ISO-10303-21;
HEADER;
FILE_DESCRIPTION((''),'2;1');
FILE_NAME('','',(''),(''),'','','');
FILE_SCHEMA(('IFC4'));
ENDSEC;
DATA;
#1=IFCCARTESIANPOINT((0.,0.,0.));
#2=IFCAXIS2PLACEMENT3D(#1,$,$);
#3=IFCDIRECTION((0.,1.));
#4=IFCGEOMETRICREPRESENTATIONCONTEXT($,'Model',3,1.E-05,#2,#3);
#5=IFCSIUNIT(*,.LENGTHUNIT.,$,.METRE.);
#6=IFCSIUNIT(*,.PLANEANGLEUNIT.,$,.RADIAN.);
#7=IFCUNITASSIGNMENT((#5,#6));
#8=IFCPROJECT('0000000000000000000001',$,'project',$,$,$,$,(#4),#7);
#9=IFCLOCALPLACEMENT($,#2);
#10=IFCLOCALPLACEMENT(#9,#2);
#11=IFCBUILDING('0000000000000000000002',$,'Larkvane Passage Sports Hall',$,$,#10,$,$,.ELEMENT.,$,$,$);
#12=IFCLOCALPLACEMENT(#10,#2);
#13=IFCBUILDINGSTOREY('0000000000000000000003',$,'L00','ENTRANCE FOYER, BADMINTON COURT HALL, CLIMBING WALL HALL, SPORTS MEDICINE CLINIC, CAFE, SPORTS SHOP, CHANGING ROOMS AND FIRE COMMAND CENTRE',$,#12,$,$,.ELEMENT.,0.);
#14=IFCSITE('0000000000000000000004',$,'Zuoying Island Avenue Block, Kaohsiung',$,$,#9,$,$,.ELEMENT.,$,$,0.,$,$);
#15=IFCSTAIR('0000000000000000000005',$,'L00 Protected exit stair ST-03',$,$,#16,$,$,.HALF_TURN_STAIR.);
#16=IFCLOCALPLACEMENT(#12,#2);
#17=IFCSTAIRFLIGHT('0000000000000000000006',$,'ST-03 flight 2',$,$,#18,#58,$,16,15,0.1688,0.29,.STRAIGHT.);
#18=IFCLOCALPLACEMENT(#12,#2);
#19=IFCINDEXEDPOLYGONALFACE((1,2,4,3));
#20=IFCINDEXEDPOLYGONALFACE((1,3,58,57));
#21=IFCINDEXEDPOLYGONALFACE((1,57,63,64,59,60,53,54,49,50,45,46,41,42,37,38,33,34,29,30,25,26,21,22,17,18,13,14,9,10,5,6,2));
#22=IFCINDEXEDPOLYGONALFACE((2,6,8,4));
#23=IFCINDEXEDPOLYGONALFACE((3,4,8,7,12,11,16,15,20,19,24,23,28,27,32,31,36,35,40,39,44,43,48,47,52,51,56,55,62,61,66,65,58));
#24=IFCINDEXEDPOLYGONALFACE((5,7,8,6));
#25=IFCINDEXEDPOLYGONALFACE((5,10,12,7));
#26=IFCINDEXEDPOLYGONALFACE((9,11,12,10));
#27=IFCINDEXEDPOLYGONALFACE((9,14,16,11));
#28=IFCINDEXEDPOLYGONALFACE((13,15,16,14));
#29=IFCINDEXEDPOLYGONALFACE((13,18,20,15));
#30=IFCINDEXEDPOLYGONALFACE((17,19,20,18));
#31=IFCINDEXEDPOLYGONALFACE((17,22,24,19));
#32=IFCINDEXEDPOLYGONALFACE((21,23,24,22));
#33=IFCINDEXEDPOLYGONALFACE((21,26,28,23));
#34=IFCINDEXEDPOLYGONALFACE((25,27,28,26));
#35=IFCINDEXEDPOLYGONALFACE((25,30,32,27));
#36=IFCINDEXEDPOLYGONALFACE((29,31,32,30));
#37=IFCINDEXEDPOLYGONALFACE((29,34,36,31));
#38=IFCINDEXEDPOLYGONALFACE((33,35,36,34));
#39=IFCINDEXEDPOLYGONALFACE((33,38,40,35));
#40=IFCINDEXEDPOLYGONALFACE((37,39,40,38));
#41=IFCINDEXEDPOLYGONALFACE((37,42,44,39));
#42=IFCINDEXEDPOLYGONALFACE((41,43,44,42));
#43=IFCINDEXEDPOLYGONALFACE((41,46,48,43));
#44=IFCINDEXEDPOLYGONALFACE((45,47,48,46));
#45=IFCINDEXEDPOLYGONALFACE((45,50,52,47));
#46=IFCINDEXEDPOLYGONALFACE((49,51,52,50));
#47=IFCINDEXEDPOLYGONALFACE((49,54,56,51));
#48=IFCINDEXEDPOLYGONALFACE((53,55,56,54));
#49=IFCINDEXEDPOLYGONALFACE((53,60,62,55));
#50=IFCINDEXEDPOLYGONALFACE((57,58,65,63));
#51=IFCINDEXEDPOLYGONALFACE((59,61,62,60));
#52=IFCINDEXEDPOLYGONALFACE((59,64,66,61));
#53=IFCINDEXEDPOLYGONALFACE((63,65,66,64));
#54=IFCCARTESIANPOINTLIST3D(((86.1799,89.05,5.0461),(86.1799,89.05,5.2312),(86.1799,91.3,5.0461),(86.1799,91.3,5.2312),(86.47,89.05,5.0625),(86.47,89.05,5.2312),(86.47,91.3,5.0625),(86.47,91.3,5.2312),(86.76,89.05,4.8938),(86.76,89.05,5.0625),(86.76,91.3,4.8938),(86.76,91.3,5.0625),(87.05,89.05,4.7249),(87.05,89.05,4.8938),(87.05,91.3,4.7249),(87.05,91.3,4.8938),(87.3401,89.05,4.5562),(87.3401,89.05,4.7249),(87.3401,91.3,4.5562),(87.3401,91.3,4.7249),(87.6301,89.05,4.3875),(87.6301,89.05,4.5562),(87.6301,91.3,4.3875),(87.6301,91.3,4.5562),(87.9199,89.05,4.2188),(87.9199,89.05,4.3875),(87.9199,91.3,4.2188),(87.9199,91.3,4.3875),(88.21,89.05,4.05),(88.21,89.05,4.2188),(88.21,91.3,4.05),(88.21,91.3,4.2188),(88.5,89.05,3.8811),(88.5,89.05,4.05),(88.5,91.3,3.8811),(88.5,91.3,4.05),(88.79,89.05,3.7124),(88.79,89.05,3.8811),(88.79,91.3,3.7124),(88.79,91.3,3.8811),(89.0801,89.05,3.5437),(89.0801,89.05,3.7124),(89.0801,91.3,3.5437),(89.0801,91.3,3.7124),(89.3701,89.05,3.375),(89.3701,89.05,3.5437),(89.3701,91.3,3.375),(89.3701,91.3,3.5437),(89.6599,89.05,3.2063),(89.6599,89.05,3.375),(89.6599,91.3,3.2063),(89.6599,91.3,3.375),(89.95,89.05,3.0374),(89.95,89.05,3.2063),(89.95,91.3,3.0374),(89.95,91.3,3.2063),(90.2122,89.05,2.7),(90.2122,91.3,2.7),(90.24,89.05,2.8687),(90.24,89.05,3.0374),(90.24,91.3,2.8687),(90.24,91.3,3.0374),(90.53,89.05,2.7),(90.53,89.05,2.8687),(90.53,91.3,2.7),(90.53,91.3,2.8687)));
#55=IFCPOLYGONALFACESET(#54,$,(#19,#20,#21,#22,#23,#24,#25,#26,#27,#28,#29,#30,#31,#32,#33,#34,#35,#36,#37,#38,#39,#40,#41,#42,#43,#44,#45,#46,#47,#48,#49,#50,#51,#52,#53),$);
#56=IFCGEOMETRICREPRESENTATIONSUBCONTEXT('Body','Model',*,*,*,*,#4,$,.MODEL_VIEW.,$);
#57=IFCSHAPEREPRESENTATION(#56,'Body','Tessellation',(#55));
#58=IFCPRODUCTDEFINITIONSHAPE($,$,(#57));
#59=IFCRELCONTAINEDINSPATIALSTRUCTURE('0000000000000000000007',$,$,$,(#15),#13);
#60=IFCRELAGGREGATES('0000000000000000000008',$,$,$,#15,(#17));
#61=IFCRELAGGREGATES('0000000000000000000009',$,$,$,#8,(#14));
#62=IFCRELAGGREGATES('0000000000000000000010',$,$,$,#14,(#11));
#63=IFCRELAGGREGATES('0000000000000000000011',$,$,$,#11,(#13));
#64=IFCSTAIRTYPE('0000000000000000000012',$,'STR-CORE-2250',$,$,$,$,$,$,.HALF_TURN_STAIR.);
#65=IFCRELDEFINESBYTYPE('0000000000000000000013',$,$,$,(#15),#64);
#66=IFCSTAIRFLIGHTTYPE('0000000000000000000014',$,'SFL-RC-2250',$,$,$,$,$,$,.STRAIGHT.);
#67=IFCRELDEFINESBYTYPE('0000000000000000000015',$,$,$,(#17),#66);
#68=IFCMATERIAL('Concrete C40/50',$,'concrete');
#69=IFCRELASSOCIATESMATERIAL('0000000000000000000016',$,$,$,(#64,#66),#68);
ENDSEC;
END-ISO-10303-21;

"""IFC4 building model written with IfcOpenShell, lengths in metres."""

from ifc_helpers import new_model, si_unit, direction, frame, origin, place, context, subcontext, project, spatial, polyline, outline, extrude, material, type_object, element, aggregate, save


model = new_model("IFC4")

# Units and contexts
model_context = context("Model", 3, precision=1e-05, world=origin(), true_north=direction((0.0, 1.0)))
body_context = subcontext(model_context, "Body", "Model", "MODEL_VIEW")
ifc_project = project(units=[si_unit("LENGTHUNIT", "METRE"), si_unit("PLANEANGLEUNIT", "RADIAN")], contexts=[model_context])

# Site, building, storey
site_placement = place(None, origin())
site = spatial("IfcSite", under=ifc_project, at=site_placement, Name="Zuoying Island Avenue Block, Kaohsiung", CompositionType="ELEMENT", RefElevation=0.0)
building_placement = place(site_placement, origin())
building = spatial("IfcBuilding", under=site, at=building_placement, Name="Larkvane Passage Sports Hall", CompositionType="ELEMENT")
storey_placement = place(building_placement, origin())
storey = spatial("IfcBuildingStorey", under=building, at=storey_placement, Name="L00", Description="ENTRANCE FOYER, BADMINTON COURT HALL, CLIMBING WALL HALL, SPORTS MEDICINE CLINIC, CAFE, SPORTS SHOP, CHANGING ROOMS AND FIRE COMMAND CENTRE", CompositionType="ELEMENT", Elevation=0.0)

# Shared definitions
ifc_material_1 = material(Name="Concrete C40/50", Category="concrete")

# Stair, stair flight
stair_type = type_object("IfcStairType", Name="STR-CORE-2250", PredefinedType="HALF_TURN_STAIR", material=ifc_material_1)
stair_placement = place(storey_placement, origin())
stair = element("IfcStair", 1, at=stair_placement, inside=storey, type_object=stair_type, Name="L00 Protected exit stair ST-03", PredefinedType="HALF_TURN_STAIR")
stair_flight_type = type_object("IfcStairFlightType", Name="SFL-RC-2250", PredefinedType="STRAIGHT", material=ifc_material_1)
stair_flight_1_placement = place(storey_placement, frame((90.53, 90.175, 2.7), z_axis=(0.0, 0.0, 1.0), x_axis=(-1.0, 0.0, 0.0)))
stair_flight_1 = element("IfcStairFlight", 2, at=stair_flight_1_placement, type_object=stair_flight_type, Name="ST-03 flight 2", NumberOfRisers=16, NumberOfTreads=15, PredefinedType="STRAIGHT", RiserHeight=0.1688, TreadLength=0.29, context=body_context, shape_type="SweptSolid", body=[
    extrude(outline(polyline([(0.0, 0.0), (0.0, 0.1687), (0.29, 0.1687), (0.29, 0.3374), (0.5801, 0.3374), (0.5801, 0.5063), (0.8701, 0.5063), (0.8701, 0.675), (1.1599, 0.675), (1.1599, 0.8438), (1.45, 0.8438), (1.45, 1.0125), (1.74, 1.0125), (1.74, 1.1812), (2.03, 1.1812), (2.03, 1.3501), (2.3201, 1.3501), (2.3201, 1.5188), (2.6101, 1.5188), (2.6101, 1.6875), (2.8999, 1.6875), (2.8999, 1.8562), (3.1899, 1.8562), (3.1899, 2.0249), (3.48, 2.0249), (3.48, 2.1938), (3.77, 2.1938), (3.77, 2.3625), (4.0601, 2.3625), (4.0601, 2.5312), (4.3501, 2.5312), (4.3501, 2.7), (4.3501, 2.3462), (0.3179, 0.0), (0.0, 0.0)])), frame((0.0, 1.125, 0.0), z_axis=(0.0, -1.0, 0.0), x_axis=(1.0, 0.0, 0.0)), (0.0, 0.0, 1.0), 2.25),
])
aggregate(stair, [stair_flight_1])

save(model, "model.ifc")
